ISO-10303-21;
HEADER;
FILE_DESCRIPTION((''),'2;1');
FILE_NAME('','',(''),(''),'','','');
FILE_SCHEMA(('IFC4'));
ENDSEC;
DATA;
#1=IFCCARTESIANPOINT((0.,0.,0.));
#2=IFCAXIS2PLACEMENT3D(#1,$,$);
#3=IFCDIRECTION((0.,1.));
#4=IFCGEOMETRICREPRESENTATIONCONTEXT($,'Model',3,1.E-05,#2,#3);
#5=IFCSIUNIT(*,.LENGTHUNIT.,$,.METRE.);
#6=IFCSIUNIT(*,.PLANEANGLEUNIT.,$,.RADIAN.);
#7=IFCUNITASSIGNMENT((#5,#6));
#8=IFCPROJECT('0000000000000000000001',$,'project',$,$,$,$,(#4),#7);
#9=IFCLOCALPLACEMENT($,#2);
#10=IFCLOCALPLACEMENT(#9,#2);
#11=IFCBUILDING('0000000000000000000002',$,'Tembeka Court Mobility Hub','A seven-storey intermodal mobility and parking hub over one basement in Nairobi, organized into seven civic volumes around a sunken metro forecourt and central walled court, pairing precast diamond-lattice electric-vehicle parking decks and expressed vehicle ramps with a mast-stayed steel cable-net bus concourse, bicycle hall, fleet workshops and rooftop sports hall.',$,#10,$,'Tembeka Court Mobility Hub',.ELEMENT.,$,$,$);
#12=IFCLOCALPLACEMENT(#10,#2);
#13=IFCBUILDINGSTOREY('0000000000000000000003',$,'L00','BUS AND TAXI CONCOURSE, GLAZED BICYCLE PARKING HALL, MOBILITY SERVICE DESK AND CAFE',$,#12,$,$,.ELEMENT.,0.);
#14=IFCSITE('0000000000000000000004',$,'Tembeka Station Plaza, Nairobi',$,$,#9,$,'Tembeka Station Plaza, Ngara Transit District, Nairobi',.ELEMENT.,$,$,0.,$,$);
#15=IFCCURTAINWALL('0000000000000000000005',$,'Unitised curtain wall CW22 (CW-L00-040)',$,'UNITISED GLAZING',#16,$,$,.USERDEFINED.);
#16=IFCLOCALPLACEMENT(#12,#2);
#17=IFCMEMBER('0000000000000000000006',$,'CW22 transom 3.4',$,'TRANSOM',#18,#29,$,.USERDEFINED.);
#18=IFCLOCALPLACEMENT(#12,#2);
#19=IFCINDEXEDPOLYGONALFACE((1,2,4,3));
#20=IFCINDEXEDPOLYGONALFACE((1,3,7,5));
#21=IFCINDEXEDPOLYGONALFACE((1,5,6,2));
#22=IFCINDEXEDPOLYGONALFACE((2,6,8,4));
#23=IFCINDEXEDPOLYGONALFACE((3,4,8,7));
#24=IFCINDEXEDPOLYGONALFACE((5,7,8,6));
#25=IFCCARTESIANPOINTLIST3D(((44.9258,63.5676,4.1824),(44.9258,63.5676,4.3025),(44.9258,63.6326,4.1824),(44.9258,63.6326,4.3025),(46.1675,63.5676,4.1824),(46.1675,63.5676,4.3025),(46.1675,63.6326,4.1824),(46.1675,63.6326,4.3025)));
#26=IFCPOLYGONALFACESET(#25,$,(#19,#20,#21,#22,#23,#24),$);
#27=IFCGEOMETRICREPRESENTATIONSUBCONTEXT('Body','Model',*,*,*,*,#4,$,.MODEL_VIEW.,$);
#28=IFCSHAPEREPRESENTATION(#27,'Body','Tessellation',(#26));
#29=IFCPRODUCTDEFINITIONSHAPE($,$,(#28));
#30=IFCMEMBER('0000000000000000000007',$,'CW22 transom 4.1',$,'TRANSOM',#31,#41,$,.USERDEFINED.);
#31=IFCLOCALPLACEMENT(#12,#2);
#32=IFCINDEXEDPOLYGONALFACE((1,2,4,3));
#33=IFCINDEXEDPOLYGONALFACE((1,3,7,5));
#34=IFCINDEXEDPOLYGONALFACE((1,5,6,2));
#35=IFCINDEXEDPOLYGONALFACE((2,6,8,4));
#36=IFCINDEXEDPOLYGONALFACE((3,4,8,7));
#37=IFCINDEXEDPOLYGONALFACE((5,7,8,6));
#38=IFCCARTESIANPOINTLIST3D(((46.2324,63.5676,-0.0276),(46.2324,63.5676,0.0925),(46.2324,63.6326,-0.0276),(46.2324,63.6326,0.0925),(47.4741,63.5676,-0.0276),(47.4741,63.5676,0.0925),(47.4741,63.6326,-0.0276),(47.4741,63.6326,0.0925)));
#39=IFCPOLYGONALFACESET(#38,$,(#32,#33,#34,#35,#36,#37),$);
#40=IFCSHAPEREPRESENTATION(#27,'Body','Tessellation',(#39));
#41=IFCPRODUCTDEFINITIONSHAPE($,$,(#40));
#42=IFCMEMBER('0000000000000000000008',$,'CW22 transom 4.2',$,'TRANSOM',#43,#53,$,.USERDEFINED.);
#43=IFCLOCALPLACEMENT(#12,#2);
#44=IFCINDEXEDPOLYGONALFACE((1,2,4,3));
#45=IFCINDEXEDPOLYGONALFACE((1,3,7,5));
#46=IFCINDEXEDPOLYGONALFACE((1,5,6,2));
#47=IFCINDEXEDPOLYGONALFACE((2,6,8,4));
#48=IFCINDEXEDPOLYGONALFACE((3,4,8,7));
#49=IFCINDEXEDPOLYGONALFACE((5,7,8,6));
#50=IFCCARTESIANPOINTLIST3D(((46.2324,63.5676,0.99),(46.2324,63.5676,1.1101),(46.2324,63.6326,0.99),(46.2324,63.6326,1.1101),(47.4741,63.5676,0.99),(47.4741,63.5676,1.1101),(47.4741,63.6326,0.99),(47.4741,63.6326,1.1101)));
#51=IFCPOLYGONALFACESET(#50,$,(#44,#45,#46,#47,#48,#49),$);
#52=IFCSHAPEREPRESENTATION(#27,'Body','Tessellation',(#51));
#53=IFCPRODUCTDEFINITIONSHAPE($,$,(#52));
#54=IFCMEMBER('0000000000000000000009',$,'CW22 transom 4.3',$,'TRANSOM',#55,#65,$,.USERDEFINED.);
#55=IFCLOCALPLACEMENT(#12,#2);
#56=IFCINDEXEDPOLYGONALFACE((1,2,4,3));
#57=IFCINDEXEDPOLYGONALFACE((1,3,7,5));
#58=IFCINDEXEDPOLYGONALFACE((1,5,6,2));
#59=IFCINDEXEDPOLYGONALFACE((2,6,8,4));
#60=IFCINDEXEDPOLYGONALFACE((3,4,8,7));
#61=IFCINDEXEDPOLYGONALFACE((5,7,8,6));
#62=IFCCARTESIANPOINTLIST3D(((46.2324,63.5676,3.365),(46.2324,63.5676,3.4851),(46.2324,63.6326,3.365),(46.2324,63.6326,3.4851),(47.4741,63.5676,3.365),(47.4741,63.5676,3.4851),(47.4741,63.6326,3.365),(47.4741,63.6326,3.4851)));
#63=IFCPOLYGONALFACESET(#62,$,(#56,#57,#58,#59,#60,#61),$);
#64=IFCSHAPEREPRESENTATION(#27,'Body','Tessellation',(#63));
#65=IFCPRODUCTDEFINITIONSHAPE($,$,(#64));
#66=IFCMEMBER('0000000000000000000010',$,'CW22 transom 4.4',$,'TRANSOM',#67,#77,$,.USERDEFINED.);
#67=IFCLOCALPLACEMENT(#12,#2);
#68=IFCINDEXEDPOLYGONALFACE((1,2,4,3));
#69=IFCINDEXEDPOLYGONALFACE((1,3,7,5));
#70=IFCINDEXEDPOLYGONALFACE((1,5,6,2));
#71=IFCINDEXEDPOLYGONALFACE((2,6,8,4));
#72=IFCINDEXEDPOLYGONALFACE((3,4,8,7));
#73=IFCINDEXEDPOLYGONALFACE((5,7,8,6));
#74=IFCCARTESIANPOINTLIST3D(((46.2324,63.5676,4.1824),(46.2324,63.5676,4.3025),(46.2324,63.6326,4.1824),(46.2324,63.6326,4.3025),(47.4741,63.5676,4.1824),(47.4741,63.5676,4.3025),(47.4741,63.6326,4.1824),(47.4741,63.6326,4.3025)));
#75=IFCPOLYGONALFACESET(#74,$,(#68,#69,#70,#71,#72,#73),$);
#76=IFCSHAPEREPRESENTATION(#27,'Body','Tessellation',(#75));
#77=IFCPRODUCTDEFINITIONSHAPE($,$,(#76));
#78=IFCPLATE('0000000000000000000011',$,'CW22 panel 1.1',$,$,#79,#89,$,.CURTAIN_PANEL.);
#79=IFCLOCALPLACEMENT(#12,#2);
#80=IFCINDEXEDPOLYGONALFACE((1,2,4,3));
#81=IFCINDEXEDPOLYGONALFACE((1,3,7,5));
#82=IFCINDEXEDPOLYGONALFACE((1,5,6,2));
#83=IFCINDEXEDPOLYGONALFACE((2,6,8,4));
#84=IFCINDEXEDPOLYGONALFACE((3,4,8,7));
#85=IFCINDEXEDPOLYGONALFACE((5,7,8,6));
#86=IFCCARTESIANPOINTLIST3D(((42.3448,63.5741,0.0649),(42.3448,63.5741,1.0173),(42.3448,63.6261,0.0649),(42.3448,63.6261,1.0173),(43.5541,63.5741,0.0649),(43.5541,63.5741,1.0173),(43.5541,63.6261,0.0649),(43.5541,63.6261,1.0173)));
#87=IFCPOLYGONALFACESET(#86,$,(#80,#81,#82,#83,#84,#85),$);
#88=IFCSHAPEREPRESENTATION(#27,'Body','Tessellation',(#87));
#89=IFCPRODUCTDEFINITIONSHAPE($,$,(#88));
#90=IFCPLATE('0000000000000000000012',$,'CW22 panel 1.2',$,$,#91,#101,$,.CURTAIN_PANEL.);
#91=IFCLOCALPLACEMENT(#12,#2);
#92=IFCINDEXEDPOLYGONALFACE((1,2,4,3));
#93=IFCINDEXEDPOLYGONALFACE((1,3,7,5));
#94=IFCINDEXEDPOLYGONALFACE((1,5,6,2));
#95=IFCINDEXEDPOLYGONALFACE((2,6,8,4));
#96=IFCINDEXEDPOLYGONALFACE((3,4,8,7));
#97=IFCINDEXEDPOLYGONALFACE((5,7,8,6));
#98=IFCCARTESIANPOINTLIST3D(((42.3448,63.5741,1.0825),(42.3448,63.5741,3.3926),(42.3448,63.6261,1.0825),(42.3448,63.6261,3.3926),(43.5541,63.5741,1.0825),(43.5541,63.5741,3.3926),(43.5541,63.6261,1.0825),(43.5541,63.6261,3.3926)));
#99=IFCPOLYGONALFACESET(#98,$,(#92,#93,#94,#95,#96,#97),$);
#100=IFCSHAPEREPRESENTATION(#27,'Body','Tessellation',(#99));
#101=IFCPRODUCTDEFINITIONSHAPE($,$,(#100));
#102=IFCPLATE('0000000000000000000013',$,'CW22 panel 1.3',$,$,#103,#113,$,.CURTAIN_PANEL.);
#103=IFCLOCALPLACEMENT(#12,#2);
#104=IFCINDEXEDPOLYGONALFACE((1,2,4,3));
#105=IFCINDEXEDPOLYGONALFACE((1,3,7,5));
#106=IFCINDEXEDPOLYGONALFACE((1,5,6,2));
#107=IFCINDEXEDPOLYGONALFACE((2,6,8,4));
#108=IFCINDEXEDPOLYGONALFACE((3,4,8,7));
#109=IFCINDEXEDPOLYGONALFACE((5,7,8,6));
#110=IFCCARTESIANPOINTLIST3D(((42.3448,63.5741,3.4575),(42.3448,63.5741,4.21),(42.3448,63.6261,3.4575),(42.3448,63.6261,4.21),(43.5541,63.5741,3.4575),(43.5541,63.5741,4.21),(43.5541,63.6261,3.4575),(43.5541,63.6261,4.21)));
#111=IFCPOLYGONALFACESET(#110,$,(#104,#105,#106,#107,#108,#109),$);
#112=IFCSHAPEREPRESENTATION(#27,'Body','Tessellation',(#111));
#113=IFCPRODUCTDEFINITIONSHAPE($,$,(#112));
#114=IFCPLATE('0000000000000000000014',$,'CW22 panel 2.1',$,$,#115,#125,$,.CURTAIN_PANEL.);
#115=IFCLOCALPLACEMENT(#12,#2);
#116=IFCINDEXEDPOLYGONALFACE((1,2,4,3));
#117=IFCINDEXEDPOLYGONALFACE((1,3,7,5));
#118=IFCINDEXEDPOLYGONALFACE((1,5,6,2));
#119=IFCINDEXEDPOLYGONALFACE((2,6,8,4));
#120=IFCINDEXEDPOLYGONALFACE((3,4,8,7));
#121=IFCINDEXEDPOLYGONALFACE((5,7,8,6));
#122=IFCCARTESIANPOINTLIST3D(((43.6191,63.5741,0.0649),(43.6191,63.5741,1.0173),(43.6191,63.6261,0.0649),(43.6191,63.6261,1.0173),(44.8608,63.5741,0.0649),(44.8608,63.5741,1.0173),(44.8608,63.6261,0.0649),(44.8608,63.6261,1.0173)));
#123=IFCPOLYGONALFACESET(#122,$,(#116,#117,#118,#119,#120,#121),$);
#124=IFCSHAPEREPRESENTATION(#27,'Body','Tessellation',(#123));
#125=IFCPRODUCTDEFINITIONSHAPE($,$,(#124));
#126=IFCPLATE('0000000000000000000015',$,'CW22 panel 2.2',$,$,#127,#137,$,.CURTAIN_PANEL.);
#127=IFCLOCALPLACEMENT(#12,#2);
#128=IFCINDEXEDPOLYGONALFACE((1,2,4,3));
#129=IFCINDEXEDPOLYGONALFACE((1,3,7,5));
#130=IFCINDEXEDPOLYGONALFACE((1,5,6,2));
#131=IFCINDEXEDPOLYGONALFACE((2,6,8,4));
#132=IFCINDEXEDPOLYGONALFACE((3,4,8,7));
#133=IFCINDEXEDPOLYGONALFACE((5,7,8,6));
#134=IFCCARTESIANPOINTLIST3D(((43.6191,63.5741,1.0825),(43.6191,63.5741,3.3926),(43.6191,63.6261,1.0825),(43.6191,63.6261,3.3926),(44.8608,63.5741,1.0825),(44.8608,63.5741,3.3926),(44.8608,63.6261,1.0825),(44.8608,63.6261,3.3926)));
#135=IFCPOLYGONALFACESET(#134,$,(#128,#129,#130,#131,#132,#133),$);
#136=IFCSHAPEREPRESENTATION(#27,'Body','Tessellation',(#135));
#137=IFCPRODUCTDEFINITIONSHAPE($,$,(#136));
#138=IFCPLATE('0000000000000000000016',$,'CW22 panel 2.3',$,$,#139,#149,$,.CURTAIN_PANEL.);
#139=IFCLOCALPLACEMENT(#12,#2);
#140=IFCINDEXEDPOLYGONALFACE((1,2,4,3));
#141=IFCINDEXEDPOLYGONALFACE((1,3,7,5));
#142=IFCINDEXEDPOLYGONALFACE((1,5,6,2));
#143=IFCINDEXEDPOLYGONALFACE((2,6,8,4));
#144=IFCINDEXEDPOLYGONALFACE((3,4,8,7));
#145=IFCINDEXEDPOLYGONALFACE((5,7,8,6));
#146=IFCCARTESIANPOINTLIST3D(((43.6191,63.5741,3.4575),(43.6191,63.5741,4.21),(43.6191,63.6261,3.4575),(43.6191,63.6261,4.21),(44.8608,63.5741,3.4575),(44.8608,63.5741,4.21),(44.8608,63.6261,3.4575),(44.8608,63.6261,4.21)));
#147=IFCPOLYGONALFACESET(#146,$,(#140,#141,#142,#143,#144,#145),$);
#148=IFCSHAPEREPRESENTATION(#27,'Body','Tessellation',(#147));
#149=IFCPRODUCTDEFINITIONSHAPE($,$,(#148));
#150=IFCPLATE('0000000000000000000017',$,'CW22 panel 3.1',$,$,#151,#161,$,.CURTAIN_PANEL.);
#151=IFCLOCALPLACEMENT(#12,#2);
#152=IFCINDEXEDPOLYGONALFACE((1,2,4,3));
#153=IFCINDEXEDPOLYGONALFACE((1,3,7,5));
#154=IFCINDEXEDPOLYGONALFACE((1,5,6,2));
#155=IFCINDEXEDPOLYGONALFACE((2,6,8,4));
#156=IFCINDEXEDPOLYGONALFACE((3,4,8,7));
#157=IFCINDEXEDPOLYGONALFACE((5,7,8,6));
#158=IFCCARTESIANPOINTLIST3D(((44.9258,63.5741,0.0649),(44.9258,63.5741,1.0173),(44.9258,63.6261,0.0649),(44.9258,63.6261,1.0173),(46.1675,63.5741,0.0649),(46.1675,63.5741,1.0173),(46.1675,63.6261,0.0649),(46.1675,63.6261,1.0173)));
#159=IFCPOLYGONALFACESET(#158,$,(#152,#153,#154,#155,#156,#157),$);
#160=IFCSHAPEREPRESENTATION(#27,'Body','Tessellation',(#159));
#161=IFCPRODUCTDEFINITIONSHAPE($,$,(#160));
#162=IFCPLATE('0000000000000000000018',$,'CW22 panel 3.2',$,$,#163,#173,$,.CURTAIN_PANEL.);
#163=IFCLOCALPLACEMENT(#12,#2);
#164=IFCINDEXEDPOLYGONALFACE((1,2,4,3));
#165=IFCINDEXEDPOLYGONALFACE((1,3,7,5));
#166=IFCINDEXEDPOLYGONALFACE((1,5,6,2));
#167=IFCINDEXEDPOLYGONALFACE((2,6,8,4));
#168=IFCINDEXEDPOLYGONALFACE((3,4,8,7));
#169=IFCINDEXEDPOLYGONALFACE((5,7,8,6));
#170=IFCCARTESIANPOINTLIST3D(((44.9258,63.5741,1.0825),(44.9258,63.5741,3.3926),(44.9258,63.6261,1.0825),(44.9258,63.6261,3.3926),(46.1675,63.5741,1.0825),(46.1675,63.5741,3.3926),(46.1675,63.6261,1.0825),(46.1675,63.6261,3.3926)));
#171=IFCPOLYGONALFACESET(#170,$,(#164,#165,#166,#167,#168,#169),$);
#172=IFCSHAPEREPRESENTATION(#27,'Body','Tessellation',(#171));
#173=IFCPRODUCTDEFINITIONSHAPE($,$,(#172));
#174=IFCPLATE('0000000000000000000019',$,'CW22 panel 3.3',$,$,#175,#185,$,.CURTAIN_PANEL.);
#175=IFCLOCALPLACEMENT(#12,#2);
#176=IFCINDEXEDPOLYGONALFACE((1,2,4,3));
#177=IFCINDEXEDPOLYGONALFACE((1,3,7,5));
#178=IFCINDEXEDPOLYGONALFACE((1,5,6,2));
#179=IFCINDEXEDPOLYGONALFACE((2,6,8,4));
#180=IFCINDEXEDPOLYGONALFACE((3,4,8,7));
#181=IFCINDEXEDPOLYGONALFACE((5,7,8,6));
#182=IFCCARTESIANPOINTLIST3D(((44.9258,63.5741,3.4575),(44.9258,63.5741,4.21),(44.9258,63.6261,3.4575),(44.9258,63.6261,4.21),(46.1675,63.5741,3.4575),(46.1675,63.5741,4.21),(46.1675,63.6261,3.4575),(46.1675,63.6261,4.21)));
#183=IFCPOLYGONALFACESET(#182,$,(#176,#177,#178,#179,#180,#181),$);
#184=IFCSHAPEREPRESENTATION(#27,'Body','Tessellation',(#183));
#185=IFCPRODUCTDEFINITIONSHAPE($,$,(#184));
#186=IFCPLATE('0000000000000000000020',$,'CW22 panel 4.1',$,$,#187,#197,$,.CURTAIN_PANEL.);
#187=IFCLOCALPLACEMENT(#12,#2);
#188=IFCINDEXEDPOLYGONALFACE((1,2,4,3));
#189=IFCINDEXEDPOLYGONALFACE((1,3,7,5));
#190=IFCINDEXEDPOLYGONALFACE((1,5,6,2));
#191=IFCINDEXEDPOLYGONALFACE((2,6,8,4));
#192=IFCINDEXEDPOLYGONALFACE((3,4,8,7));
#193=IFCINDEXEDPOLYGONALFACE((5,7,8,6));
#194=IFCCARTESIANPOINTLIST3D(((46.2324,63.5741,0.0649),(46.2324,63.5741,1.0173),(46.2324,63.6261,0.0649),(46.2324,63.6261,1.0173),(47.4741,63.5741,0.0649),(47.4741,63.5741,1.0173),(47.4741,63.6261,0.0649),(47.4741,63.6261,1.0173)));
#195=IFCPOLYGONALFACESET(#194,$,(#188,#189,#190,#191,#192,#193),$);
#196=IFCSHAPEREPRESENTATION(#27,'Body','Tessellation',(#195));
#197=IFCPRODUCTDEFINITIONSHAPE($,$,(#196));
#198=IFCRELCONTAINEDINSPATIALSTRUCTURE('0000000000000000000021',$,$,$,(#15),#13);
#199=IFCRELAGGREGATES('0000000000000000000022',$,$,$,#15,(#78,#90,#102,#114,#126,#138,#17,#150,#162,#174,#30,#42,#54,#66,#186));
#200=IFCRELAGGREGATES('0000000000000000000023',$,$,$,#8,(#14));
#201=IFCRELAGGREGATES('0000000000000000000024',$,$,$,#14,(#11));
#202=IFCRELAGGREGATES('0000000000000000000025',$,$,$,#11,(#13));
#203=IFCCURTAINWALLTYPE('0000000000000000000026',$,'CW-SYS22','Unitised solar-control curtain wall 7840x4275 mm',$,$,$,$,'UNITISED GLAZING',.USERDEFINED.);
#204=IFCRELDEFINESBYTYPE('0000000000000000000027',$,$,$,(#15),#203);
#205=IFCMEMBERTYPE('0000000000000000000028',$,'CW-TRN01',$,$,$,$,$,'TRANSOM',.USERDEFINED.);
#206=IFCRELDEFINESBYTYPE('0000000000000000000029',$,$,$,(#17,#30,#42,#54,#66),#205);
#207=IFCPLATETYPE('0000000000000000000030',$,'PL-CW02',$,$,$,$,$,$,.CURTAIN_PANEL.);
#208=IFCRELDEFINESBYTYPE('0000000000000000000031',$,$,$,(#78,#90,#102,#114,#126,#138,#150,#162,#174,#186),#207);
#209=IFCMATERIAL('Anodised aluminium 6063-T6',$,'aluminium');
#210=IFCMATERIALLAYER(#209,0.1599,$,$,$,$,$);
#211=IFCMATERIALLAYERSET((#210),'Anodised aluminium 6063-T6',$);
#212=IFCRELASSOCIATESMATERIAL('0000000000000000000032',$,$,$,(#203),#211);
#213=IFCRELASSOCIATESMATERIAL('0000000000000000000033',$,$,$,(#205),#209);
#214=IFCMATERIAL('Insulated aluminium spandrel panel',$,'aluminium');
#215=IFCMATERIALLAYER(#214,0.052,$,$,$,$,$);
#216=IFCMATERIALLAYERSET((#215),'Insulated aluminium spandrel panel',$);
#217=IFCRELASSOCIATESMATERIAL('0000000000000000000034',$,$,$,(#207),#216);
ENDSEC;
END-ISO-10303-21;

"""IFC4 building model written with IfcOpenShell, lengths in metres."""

from ifc_helpers import new_model, si_unit, direction, frame, origin, origin_2d, place, context, subcontext, project, spatial, rectangle, extrude, material, layer, layer_set, material_profile, profile_set, type_object, element, aggregate, save


model = new_model("IFC4")

# Units and contexts
model_context = context("Model", 3, precision=1e-05, world=origin(), true_north=direction((0.0, 1.0)))
body_context = subcontext(model_context, "Body", "Model", "MODEL_VIEW")
ifc_project = project(units=[si_unit("LENGTHUNIT", "METRE"), si_unit("PLANEANGLEUNIT", "RADIAN")], contexts=[model_context])

# Site, building, storey
site_placement = place(None, origin())
site = spatial("IfcSite", under=ifc_project, at=site_placement, Name="Tembeka Station Plaza, Nairobi", LongName="Tembeka Station Plaza, Ngara Transit District, Nairobi", CompositionType="ELEMENT", RefElevation=0.0)
building_placement = place(site_placement, origin())
building = spatial("IfcBuilding", under=site, at=building_placement, Name="Tembeka Court Mobility Hub", Description="A seven-storey intermodal mobility and parking hub over one basement in Nairobi, organized into seven civic volumes around a sunken metro forecourt and central walled court, pairing precast diamond-lattice electric-vehicle parking decks and expressed vehicle ramps with a mast-stayed steel cable-net bus concourse, bicycle hall, fleet workshops and rooftop sports hall.", LongName="Tembeka Court Mobility Hub", CompositionType="ELEMENT")
storey_placement = place(building_placement, origin())
storey = spatial("IfcBuildingStorey", under=building, at=storey_placement, Name="L00", Description="BUS AND TAXI CONCOURSE, GLAZED BICYCLE PARKING HALL, MOBILITY SERVICE DESK AND CAFE", CompositionType="ELEMENT", Elevation=0.0)

# Curtain wall, members, plates
ifc_material_1 = material(Name="Anodised aluminium 6063-T6", Category="aluminium")
ifc_layer_1 = layer(ifc_material_1, 0.1599)
ifc_layer_set_1 = layer_set([ifc_layer_1], Name="Anodised aluminium 6063-T6")
curtain_wall_type = type_object("IfcCurtainWallType", Name="CW-SYS22", Description="Unitised solar-control curtain wall 7840x4275 mm", ElementType="UNITISED GLAZING", PredefinedType="USERDEFINED", material=ifc_layer_set_1)
curtain_wall_placement = place(storey_placement, origin())
curtain_wall = element("IfcCurtainWall", 1, at=curtain_wall_placement, inside=storey, type_object=curtain_wall_type, Name="Unitised curtain wall CW22 (CW-L00-040)", ObjectType="UNITISED GLAZING", PredefinedType="USERDEFINED")
ifc_material_profile_1 = material_profile(ifc_material_1, rectangle(XDim=0.0649, YDim=0.1201, at=origin_2d()), Name="ALU-TRN 65x120")
ifc_profile_set_1 = profile_set([ifc_material_profile_1], Name="Anodised aluminium 6063-T6")
member_type_1 = type_object("IfcMemberType", Name="CW-TRN01", ElementType="TRANSOM", PredefinedType="USERDEFINED", material=ifc_profile_set_1)
member_1_placement = place(storey_placement, frame((44.9258, 63.6001, 4.2424), z_axis=(1.0, 0.0, 0.0), x_axis=(0.0, 1.0, 0.0)))
member_1 = element("IfcMember", 2, at=member_1_placement, type_object=member_type_1, Name="CW22 transom 3.4", ObjectType="TRANSOM", PredefinedType="USERDEFINED", context=body_context, shape_type="SweptSolid", body=[
    extrude(rectangle(XDim=0.0649, YDim=0.1201, at=origin_2d()), origin(), (0.0, 0.0, 1.0), 1.2417),
])
member_2_placement = place(storey_placement, frame((46.2324, 63.6001, 0.0325), z_axis=(1.0, 0.0, 0.0), x_axis=(0.0, 1.0, 0.0)))
member_2 = element("IfcMember", 3, at=member_2_placement, type_object=member_type_1, Name="CW22 transom 4.1", ObjectType="TRANSOM", PredefinedType="USERDEFINED", context=body_context, shape_type="SweptSolid", body=[
    extrude(rectangle(XDim=0.0649, YDim=0.1201, at=origin_2d()), origin(), (0.0, 0.0, 1.0), 1.2417),
])
member_3_placement = place(storey_placement, frame((46.2324, 63.6001, 1.05), z_axis=(1.0, 0.0, 0.0), x_axis=(0.0, 1.0, 0.0)))
member_3 = element("IfcMember", 4, at=member_3_placement, type_object=member_type_1, Name="CW22 transom 4.2", ObjectType="TRANSOM", PredefinedType="USERDEFINED", context=body_context, shape_type="SweptSolid", body=[
    extrude(rectangle(XDim=0.0649, YDim=0.1201, at=origin_2d()), origin(), (0.0, 0.0, 1.0), 1.2417),
])
member_4_placement = place(storey_placement, frame((46.2324, 63.6001, 3.425), z_axis=(1.0, 0.0, 0.0), x_axis=(0.0, 1.0, 0.0)))
member_4 = element("IfcMember", 5, at=member_4_placement, type_object=member_type_1, Name="CW22 transom 4.3", ObjectType="TRANSOM", PredefinedType="USERDEFINED", context=body_context, shape_type="SweptSolid", body=[
    extrude(rectangle(XDim=0.0649, YDim=0.1201, at=origin_2d()), origin(), (0.0, 0.0, 1.0), 1.2417),
])
member_5_placement = place(storey_placement, frame((46.2324, 63.6001, 4.2424), z_axis=(1.0, 0.0, 0.0), x_axis=(0.0, 1.0, 0.0)))
member_5 = element("IfcMember", 6, at=member_5_placement, type_object=member_type_1, Name="CW22 transom 4.4", ObjectType="TRANSOM", PredefinedType="USERDEFINED", context=body_context, shape_type="SweptSolid", body=[
    extrude(rectangle(XDim=0.0649, YDim=0.1201, at=origin_2d()), origin(), (0.0, 0.0, 1.0), 1.2417),
])
ifc_material_2 = material(Name="Insulated aluminium spandrel panel", Category="aluminium")
ifc_layer_2 = layer(ifc_material_2, 0.052)
ifc_layer_set_2 = layer_set([ifc_layer_2], Name="Insulated aluminium spandrel panel")
plate_type = type_object("IfcPlateType", Name="PL-CW02", PredefinedType="CURTAIN_PANEL", material=ifc_layer_set_2)
plate_1_placement = place(storey_placement, frame((42.9495, 63.6001, 0.0649), z_axis=(0.0, 0.0, 1.0), x_axis=(1.0, 0.0, 0.0)))
plate_1 = element("IfcPlate", 7, at=plate_1_placement, type_object=plate_type, Name="CW22 panel 1.1", PredefinedType="CURTAIN_PANEL", context=body_context, shape_type="SweptSolid", body=[
    extrude(rectangle(XDim=1.2092, YDim=0.052, at=origin_2d()), origin(), (0.0, 0.0, 1.0), 0.9524),
])
plate_2_placement = place(storey_placement, frame((42.9495, 63.6001, 1.0825), z_axis=(0.0, 0.0, 1.0), x_axis=(1.0, 0.0, 0.0)))
plate_2 = element("IfcPlate", 8, at=plate_2_placement, type_object=plate_type, Name="CW22 panel 1.2", PredefinedType="CURTAIN_PANEL", context=body_context, shape_type="SweptSolid", body=[
    extrude(rectangle(XDim=1.2092, YDim=0.052, at=origin_2d()), origin(), (0.0, 0.0, 1.0), 2.3101),
])
plate_3_placement = place(storey_placement, frame((42.9495, 63.6001, 3.4575), z_axis=(0.0, 0.0, 1.0), x_axis=(1.0, 0.0, 0.0)))
plate_3 = element("IfcPlate", 9, at=plate_3_placement, type_object=plate_type, Name="CW22 panel 1.3", PredefinedType="CURTAIN_PANEL", context=body_context, shape_type="SweptSolid", body=[
    extrude(rectangle(XDim=1.2092, YDim=0.052, at=origin_2d()), origin(), (0.0, 0.0, 1.0), 0.7524),
])
plate_4_placement = place(storey_placement, frame((44.24, 63.6001, 0.0649), z_axis=(0.0, 0.0, 1.0), x_axis=(1.0, 0.0, 0.0)))
plate_4 = element("IfcPlate", 10, at=plate_4_placement, type_object=plate_type, Name="CW22 panel 2.1", PredefinedType="CURTAIN_PANEL", context=body_context, shape_type="SweptSolid", body=[
    extrude(rectangle(XDim=1.2417, YDim=0.052, at=origin_2d()), origin(), (0.0, 0.0, 1.0), 0.9524),
])
plate_5_placement = place(storey_placement, frame((44.24, 63.6001, 1.0825), z_axis=(0.0, 0.0, 1.0), x_axis=(1.0, 0.0, 0.0)))
plate_5 = element("IfcPlate", 11, at=plate_5_placement, type_object=plate_type, Name="CW22 panel 2.2", PredefinedType="CURTAIN_PANEL", context=body_context, shape_type="SweptSolid", body=[
    extrude(rectangle(XDim=1.2417, YDim=0.052, at=origin_2d()), origin(), (0.0, 0.0, 1.0), 2.3101),
])
plate_6_placement = place(storey_placement, frame((44.24, 63.6001, 3.4575), z_axis=(0.0, 0.0, 1.0), x_axis=(1.0, 0.0, 0.0)))
plate_6 = element("IfcPlate", 12, at=plate_6_placement, type_object=plate_type, Name="CW22 panel 2.3", PredefinedType="CURTAIN_PANEL", context=body_context, shape_type="SweptSolid", body=[
    extrude(rectangle(XDim=1.2417, YDim=0.052, at=origin_2d()), origin(), (0.0, 0.0, 1.0), 0.7524),
])
plate_7_placement = place(storey_placement, frame((45.5466, 63.6001, 0.0649), z_axis=(0.0, 0.0, 1.0), x_axis=(1.0, 0.0, 0.0)))
plate_7 = element("IfcPlate", 13, at=plate_7_placement, type_object=plate_type, Name="CW22 panel 3.1", PredefinedType="CURTAIN_PANEL", context=body_context, shape_type="SweptSolid", body=[
    extrude(rectangle(XDim=1.2417, YDim=0.052, at=origin_2d()), origin(), (0.0, 0.0, 1.0), 0.9524),
])
plate_8_placement = place(storey_placement, frame((45.5466, 63.6001, 1.0825), z_axis=(0.0, 0.0, 1.0), x_axis=(1.0, 0.0, 0.0)))
plate_8 = element("IfcPlate", 14, at=plate_8_placement, type_object=plate_type, Name="CW22 panel 3.2", PredefinedType="CURTAIN_PANEL", context=body_context, shape_type="SweptSolid", body=[
    extrude(rectangle(XDim=1.2417, YDim=0.052, at=origin_2d()), origin(), (0.0, 0.0, 1.0), 2.3101),
])
plate_9_placement = place(storey_placement, frame((45.5466, 63.6001, 3.4575), z_axis=(0.0, 0.0, 1.0), x_axis=(1.0, 0.0, 0.0)))
plate_9 = element("IfcPlate", 15, at=plate_9_placement, type_object=plate_type, Name="CW22 panel 3.3", PredefinedType="CURTAIN_PANEL", context=body_context, shape_type="SweptSolid", body=[
    extrude(rectangle(XDim=1.2417, YDim=0.052, at=origin_2d()), origin(), (0.0, 0.0, 1.0), 0.7524),
])
plate_10_placement = place(storey_placement, frame((46.8533, 63.6001, 0.0649), z_axis=(0.0, 0.0, 1.0), x_axis=(1.0, 0.0, 0.0)))
plate_10 = element("IfcPlate", 16, at=plate_10_placement, type_object=plate_type, Name="CW22 panel 4.1", PredefinedType="CURTAIN_PANEL", context=body_context, shape_type="SweptSolid", body=[
    extrude(rectangle(XDim=1.2417, YDim=0.052, at=origin_2d()), origin(), (0.0, 0.0, 1.0), 0.9524),
])
aggregate(curtain_wall, [plate_1, plate_2, plate_3, plate_4, plate_5, plate_6, member_1, plate_7, plate_8, plate_9, member_2, member_3, member_4, member_5, plate_10])

save(model, "model.ifc")
